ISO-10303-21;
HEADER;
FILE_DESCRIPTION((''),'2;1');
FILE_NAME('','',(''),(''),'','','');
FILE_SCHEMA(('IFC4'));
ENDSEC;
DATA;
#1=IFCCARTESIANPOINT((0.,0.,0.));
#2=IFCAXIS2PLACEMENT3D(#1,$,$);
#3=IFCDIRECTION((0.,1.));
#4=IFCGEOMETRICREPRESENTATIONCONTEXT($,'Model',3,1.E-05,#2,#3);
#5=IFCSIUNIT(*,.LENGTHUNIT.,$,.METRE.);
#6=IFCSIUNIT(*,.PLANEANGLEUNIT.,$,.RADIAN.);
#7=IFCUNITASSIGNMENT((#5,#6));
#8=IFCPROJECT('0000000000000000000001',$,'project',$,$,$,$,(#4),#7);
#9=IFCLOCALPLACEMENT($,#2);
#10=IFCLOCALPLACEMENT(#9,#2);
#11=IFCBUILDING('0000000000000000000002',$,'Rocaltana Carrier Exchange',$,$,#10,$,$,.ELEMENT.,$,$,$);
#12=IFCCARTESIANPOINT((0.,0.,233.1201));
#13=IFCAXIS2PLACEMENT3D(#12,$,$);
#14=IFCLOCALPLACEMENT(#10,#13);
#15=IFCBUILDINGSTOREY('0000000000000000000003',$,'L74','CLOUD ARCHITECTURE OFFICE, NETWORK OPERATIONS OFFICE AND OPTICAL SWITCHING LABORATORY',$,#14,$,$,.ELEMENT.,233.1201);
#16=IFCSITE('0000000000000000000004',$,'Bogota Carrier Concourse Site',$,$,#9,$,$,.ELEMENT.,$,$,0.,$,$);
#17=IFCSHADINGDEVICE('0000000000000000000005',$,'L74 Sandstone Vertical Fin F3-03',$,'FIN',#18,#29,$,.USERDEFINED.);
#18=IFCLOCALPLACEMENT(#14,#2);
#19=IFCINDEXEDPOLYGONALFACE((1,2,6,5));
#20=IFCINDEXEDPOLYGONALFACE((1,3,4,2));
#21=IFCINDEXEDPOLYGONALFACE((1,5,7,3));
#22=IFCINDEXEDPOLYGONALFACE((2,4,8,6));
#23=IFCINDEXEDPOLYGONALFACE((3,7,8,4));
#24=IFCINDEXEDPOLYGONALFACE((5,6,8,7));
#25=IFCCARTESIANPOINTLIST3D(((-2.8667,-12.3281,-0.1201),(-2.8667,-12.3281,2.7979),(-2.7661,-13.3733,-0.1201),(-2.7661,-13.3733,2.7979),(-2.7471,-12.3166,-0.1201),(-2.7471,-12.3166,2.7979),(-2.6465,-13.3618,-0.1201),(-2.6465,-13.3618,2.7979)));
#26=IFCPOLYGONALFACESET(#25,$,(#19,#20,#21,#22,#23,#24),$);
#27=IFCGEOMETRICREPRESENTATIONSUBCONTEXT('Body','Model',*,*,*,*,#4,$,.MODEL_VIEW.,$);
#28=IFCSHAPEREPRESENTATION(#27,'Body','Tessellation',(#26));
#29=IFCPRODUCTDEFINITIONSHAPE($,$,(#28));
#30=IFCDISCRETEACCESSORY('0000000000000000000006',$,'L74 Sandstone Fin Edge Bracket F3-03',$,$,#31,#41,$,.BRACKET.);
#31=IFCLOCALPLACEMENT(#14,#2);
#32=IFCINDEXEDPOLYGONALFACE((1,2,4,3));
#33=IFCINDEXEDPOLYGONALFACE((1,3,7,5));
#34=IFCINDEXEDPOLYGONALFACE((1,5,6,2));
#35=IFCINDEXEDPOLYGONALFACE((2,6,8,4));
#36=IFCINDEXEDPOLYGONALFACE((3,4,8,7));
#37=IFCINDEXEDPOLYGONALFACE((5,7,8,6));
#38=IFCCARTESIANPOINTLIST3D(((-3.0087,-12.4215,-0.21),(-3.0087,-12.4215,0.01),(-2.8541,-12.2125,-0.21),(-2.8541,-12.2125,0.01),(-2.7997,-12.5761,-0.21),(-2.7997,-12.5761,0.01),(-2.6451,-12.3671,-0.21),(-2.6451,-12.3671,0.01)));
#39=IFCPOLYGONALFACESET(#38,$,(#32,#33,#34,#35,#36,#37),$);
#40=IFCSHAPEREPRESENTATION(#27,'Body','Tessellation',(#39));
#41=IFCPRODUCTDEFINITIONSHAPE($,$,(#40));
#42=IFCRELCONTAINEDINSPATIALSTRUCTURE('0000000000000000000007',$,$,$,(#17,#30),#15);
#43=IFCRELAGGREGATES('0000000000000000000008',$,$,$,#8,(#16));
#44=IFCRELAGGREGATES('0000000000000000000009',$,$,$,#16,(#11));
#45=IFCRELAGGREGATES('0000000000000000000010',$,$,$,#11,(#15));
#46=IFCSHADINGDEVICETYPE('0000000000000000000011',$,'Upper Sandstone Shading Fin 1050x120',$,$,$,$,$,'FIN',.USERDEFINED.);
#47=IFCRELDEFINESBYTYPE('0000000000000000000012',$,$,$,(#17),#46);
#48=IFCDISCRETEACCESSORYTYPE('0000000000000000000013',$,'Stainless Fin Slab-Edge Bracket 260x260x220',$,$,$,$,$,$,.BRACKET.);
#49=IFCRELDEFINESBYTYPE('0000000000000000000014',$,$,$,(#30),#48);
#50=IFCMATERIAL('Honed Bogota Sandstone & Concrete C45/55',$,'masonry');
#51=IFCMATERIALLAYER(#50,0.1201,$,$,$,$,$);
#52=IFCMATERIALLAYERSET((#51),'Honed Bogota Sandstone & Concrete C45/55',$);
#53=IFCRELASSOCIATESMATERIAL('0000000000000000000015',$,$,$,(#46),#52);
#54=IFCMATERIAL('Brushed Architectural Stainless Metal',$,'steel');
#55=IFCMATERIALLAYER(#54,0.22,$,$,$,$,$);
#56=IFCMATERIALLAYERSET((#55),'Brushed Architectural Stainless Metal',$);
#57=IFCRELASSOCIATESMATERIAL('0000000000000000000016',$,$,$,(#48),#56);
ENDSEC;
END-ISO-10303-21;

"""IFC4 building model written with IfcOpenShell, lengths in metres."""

from ifc_helpers import new_model, si_unit, direction, frame, origin, origin_2d, place, context, subcontext, project, spatial, rectangle, extrude, material, layer, layer_set, type_object, element, save


model = new_model("IFC4")

# Units and contexts
model_context = context("Model", 3, precision=1e-05, world=origin(), true_north=direction((0.0, 1.0)))
body_context = subcontext(model_context, "Body", "Model", "MODEL_VIEW")
ifc_project = project(units=[si_unit("LENGTHUNIT", "METRE"), si_unit("PLANEANGLEUNIT", "RADIAN")], contexts=[model_context])

# Site, building, storey
site_placement = place(None, origin())
site = spatial("IfcSite", under=ifc_project, at=site_placement, Name="Bogota Carrier Concourse Site", CompositionType="ELEMENT", RefElevation=0.0)
building_placement = place(site_placement, origin())
building = spatial("IfcBuilding", under=site, at=building_placement, Name="Rocaltana Carrier Exchange", CompositionType="ELEMENT")
storey_placement = place(building_placement, frame((0.0, 0.0, 233.1201)))
storey = spatial("IfcBuildingStorey", under=building, at=storey_placement, Name="L74", Description="CLOUD ARCHITECTURE OFFICE, NETWORK OPERATIONS OFFICE AND OPTICAL SWITCHING LABORATORY", CompositionType="ELEMENT", Elevation=233.1201)

# Shading device
ifc_material_1 = material(Name="Honed Bogota Sandstone & Concrete C45/55", Category="masonry")
ifc_layer_1 = layer(ifc_material_1, 0.1201)
ifc_layer_set_1 = layer_set([ifc_layer_1], Name="Honed Bogota Sandstone & Concrete C45/55")
shading_device_type = type_object("IfcShadingDeviceType", Name="Upper Sandstone Shading Fin 1050x120", ElementType="FIN", PredefinedType="USERDEFINED", material=ifc_layer_set_1)
shading_device_placement = place(storey_placement, frame((-2.7566, -12.845, -0.1201), z_axis=(0.0, 0.0, 1.0), x_axis=(0.095846, -0.995396, 0.0)))
element("IfcShadingDevice", 1, at=shading_device_placement, inside=storey, type_object=shading_device_type, Name="L74 Sandstone Vertical Fin F3-03", ObjectType="FIN", PredefinedType="USERDEFINED", context=body_context, shape_type="SweptSolid", body=[
    extrude(rectangle(XDim=1.05, YDim=0.1201, at=origin_2d()), origin(), (0.0, 0.0, 1.0), 2.918),
])

# Discrete accessory
ifc_material_2 = material(Name="Brushed Architectural Stainless Metal", Category="steel")
ifc_layer_2 = layer(ifc_material_2, 0.22)
ifc_layer_set_2 = layer_set([ifc_layer_2], Name="Brushed Architectural Stainless Metal")
discrete_accessory_type = type_object("IfcDiscreteAccessoryType", Name="Stainless Fin Slab-Edge Bracket 260x260x220", PredefinedType="BRACKET", material=ifc_layer_set_2)
discrete_accessory_placement = place(storey_placement, frame((-2.8269, -12.3943, -0.21), z_axis=(0.0, 0.0, 1.0), x_axis=(0.803857, -0.594823, 0.0)))
element("IfcDiscreteAccessory", 2, at=discrete_accessory_placement, inside=storey, type_object=discrete_accessory_type, Name="L74 Sandstone Fin Edge Bracket F3-03", PredefinedType="BRACKET", context=body_context, shape_type="SweptSolid", body=[
    extrude(rectangle(XDim=0.26, YDim=0.26, at=origin_2d()), origin(), (0.0, 0.0, 1.0), 0.22),
])

save(model, "model.ifc")
